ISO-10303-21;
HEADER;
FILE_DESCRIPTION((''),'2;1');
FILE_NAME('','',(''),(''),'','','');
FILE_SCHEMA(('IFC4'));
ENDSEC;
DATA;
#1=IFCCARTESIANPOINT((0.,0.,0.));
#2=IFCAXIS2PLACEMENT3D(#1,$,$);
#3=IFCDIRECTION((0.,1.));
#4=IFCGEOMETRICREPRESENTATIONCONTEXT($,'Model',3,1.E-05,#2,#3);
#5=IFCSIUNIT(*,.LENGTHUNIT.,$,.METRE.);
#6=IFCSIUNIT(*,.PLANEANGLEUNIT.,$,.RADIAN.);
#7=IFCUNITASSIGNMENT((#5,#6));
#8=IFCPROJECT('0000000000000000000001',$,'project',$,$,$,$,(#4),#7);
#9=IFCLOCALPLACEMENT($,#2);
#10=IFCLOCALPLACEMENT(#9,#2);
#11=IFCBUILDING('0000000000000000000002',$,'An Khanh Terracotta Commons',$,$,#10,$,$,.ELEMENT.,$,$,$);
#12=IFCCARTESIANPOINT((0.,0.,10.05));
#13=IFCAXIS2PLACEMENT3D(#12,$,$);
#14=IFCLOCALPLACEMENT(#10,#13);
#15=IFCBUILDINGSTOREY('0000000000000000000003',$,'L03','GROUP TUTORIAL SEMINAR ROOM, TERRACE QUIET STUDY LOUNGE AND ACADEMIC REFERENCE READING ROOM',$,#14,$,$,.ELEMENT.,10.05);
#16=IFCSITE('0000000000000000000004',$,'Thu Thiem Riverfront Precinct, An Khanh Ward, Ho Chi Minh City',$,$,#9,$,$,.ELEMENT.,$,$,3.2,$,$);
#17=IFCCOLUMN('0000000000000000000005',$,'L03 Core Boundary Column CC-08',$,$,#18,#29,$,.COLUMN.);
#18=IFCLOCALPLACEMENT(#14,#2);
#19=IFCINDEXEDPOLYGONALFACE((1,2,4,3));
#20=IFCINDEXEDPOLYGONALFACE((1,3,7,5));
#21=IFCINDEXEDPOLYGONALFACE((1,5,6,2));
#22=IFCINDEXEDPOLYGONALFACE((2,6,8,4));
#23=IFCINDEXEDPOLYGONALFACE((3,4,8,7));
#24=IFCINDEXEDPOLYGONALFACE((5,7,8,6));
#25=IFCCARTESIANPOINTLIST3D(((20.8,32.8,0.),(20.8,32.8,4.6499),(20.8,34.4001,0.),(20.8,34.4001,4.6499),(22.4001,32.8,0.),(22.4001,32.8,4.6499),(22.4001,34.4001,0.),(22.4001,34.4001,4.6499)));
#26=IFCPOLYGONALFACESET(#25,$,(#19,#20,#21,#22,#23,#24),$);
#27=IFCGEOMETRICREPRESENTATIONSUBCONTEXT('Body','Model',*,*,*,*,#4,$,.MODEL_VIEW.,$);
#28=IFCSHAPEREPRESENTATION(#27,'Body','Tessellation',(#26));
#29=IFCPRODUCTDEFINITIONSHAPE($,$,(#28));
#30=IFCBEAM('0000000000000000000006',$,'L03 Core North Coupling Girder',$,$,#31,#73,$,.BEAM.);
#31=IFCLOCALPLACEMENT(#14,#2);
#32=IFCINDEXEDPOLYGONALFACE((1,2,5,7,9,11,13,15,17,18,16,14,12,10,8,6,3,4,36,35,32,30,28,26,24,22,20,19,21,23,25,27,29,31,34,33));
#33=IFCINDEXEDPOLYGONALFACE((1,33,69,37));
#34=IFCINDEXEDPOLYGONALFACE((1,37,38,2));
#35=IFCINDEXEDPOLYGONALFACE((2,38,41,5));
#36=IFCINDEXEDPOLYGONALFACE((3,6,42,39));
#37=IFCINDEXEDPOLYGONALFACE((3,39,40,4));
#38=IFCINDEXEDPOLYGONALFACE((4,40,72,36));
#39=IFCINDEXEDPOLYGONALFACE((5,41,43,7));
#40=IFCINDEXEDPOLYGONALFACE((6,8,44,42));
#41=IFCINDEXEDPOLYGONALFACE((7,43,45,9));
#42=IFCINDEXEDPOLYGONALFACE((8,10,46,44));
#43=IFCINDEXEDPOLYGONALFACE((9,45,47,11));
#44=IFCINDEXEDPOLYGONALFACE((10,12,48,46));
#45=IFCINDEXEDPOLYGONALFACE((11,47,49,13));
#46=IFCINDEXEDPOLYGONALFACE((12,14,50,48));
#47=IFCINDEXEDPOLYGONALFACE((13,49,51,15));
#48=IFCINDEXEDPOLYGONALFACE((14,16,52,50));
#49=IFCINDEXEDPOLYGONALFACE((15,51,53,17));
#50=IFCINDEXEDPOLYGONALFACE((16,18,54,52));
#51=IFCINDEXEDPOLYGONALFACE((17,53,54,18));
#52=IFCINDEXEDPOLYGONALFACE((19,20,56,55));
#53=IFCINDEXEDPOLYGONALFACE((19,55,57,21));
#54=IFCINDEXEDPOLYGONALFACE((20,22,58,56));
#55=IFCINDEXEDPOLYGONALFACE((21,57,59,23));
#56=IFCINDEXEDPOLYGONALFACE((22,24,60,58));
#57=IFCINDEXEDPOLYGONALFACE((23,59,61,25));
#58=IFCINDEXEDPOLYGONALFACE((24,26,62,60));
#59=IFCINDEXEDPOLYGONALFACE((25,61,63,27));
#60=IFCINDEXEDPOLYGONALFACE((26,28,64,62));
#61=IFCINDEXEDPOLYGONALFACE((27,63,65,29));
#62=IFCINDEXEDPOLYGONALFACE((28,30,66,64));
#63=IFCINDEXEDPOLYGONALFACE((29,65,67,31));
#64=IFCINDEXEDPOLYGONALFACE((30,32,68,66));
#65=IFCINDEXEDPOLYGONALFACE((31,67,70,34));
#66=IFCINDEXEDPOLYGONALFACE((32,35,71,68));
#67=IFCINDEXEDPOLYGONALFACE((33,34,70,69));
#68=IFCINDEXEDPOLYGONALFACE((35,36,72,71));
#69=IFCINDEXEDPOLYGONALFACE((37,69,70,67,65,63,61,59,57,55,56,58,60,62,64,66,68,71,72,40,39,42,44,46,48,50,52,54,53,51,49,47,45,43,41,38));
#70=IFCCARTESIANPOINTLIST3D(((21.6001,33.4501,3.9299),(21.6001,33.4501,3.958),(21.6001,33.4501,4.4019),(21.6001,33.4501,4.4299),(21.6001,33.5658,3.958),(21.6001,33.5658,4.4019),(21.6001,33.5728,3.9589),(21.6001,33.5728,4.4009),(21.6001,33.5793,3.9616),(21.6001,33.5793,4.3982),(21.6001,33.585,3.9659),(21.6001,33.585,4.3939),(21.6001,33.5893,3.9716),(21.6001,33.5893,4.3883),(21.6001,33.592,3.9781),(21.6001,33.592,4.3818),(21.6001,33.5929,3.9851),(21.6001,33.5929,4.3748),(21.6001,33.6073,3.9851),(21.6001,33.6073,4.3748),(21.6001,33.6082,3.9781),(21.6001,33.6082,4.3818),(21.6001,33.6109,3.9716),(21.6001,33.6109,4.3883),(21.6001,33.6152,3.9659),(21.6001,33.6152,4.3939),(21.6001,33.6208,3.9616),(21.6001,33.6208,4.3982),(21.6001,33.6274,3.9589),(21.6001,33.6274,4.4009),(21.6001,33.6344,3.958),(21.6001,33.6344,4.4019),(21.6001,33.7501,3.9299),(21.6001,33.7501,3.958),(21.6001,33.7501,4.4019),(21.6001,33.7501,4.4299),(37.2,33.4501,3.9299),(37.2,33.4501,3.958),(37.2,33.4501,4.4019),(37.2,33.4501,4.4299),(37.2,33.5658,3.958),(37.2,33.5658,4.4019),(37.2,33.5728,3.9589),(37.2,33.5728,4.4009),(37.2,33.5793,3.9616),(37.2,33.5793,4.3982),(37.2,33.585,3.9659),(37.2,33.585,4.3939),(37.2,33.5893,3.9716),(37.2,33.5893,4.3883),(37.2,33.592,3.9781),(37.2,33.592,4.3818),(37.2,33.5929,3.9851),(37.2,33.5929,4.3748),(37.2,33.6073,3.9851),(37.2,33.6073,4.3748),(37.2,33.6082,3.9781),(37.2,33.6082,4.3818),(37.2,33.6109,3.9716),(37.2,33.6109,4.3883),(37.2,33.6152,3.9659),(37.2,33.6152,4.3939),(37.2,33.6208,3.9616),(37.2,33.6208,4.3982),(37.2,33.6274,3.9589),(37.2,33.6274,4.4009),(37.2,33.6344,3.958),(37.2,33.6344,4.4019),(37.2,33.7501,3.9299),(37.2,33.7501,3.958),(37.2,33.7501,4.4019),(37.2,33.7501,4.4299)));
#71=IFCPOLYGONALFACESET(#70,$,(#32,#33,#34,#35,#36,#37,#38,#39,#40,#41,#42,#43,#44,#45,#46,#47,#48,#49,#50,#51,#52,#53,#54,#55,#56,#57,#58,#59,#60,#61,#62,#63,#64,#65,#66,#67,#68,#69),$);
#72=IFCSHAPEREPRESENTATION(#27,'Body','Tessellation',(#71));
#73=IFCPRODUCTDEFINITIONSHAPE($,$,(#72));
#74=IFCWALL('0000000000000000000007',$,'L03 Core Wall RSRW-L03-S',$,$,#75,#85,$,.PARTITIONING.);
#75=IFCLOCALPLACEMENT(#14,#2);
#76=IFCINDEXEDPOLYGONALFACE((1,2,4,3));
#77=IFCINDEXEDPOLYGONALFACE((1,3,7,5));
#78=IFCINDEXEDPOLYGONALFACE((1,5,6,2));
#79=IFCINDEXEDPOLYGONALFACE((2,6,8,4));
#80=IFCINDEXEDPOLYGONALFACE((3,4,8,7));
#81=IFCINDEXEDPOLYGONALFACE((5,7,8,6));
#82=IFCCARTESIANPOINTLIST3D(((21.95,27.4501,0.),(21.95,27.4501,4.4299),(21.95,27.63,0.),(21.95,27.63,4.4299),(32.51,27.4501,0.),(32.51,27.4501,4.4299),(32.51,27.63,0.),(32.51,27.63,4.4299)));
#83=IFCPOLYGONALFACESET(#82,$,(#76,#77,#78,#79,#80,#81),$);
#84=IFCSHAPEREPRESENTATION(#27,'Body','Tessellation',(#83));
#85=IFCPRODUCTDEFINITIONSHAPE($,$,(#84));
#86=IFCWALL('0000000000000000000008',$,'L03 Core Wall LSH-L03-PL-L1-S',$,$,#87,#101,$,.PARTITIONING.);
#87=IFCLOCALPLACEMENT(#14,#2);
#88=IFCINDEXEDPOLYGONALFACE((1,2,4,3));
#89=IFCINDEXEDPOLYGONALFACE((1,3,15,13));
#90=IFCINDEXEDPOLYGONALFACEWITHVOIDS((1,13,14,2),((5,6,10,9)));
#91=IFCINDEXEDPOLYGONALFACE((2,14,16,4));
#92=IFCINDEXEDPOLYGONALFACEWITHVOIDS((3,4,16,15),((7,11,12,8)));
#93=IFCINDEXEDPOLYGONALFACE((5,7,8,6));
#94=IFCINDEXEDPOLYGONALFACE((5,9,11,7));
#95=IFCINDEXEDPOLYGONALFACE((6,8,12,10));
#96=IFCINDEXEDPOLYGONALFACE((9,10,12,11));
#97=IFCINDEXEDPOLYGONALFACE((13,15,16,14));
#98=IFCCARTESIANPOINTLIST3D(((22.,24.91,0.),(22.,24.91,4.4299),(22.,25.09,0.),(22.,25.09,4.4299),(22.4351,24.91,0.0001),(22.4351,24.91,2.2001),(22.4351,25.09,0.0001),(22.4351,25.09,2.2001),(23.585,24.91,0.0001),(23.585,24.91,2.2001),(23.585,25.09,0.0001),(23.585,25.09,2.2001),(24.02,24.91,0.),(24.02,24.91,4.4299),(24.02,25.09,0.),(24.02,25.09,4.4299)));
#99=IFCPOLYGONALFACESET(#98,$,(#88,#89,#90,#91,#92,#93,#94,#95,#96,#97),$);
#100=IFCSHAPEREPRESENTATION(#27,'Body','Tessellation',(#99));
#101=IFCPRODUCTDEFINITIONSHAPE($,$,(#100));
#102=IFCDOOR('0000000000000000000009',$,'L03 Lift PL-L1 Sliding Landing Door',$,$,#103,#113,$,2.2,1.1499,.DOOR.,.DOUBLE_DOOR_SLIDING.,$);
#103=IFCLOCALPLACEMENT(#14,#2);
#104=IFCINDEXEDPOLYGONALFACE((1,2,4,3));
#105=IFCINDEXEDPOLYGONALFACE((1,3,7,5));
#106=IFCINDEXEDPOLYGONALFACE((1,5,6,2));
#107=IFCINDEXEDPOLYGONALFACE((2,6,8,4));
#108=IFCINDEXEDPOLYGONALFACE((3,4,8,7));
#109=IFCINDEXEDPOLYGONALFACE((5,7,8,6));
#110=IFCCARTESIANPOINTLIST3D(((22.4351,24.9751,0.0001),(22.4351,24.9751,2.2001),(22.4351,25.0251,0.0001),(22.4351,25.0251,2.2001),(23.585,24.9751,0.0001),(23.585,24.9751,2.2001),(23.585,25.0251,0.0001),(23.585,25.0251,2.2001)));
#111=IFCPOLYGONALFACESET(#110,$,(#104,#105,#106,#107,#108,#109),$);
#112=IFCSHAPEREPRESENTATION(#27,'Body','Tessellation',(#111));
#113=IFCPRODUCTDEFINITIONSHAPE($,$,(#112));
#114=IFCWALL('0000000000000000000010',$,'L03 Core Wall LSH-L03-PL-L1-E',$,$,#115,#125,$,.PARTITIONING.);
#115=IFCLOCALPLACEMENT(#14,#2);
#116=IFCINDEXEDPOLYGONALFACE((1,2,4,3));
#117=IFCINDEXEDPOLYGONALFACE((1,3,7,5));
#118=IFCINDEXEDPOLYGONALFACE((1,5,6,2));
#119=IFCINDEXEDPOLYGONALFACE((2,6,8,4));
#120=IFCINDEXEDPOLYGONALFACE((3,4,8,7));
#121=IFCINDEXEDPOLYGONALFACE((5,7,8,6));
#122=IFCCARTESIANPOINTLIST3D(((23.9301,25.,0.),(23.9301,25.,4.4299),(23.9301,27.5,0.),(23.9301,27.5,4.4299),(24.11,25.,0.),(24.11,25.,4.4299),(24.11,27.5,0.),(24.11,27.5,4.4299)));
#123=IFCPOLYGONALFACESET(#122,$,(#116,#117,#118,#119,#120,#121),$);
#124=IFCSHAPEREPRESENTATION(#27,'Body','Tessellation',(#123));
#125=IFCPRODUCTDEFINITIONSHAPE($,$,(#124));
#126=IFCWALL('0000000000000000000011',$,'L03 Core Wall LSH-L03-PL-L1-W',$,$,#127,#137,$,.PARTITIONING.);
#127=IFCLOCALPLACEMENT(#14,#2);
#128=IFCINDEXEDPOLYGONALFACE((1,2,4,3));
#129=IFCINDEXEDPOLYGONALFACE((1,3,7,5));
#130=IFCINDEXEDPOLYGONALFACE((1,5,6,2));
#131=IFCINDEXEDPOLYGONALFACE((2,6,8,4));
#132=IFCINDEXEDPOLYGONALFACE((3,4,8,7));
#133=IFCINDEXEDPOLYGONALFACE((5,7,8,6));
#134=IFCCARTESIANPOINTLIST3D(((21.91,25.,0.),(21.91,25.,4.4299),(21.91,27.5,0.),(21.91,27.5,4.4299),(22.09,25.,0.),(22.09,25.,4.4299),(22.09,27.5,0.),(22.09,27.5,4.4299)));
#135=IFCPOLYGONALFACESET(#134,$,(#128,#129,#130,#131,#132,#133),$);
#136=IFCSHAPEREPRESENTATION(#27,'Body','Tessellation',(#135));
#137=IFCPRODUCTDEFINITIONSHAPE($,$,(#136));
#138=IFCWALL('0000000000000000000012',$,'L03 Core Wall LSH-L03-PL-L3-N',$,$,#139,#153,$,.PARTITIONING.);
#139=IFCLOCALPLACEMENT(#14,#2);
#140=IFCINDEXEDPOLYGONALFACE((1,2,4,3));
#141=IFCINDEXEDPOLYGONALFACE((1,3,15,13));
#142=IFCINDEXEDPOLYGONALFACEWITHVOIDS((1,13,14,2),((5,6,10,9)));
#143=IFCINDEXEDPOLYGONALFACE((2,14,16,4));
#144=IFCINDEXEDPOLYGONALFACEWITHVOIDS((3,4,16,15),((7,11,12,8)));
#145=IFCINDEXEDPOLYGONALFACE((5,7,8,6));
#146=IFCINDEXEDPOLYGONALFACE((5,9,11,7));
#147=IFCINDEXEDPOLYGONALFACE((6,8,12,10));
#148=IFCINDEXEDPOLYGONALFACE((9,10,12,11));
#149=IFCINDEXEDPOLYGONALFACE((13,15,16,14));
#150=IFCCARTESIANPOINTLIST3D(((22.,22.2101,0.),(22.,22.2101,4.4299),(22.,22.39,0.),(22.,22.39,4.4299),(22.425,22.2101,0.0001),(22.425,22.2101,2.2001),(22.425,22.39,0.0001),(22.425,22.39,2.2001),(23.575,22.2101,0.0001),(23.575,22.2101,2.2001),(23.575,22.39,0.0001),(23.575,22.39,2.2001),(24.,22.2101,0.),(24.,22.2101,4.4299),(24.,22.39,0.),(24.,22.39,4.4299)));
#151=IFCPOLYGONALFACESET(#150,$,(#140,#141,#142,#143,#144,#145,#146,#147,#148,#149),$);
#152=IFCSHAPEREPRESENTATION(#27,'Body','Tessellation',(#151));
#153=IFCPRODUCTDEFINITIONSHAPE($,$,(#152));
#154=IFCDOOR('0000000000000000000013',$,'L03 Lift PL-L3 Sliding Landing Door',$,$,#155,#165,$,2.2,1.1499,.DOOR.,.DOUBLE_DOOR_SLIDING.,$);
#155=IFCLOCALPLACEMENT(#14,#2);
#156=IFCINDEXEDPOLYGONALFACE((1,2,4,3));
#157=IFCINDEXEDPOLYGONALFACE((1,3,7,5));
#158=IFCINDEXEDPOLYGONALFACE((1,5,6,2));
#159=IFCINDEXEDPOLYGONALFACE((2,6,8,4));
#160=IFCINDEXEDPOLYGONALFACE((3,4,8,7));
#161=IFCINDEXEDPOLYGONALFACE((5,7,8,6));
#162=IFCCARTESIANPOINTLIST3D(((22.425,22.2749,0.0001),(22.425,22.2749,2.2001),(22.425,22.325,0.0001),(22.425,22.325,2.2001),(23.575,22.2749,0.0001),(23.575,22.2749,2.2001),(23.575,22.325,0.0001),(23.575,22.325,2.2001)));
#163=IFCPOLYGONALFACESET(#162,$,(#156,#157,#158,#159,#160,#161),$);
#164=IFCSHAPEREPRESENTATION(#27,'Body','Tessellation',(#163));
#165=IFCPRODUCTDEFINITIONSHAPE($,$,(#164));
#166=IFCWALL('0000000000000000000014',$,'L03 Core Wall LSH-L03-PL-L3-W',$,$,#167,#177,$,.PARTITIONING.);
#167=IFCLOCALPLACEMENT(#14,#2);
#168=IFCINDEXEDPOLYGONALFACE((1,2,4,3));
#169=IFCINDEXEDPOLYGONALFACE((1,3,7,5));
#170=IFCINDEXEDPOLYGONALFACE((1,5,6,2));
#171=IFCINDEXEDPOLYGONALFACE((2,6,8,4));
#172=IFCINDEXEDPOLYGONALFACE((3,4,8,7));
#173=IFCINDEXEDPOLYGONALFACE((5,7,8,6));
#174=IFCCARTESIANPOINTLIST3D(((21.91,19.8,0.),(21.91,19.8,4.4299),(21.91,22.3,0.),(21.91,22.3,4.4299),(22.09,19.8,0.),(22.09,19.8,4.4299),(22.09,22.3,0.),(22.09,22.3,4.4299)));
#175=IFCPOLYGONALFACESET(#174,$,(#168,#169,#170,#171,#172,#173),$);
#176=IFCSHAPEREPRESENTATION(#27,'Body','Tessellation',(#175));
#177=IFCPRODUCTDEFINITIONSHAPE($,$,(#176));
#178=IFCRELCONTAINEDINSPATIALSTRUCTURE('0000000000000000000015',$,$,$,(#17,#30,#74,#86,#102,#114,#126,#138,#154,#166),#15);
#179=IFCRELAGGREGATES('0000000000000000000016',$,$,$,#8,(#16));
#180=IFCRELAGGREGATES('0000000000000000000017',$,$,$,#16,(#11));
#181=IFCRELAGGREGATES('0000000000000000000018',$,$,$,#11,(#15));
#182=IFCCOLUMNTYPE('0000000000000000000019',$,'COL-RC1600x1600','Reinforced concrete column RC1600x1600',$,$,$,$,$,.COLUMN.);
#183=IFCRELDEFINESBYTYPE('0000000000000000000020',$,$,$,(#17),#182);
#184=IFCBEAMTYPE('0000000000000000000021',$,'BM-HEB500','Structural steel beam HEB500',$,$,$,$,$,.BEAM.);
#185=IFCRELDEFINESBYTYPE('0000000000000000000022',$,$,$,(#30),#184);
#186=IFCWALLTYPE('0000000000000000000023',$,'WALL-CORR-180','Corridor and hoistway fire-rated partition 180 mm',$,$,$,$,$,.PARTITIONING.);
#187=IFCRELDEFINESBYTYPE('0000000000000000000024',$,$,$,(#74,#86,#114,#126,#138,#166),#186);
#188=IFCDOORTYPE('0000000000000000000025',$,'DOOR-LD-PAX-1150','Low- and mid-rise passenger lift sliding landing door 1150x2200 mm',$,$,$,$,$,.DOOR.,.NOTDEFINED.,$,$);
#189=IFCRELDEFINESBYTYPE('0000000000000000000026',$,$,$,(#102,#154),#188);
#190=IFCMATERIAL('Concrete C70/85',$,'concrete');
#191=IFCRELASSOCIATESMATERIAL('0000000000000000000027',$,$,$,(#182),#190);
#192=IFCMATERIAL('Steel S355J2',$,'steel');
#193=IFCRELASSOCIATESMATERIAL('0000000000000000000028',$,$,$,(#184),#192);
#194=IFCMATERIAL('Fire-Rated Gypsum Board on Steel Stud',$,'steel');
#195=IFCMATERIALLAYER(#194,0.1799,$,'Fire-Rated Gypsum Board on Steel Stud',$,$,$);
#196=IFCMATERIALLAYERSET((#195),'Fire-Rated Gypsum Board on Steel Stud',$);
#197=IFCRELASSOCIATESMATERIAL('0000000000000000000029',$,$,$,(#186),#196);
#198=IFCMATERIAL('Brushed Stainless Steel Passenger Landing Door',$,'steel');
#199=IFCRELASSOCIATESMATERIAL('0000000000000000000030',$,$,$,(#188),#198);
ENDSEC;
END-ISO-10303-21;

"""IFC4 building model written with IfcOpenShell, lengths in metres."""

from ifc_helpers import new_model, si_unit, direction, frame, frame_2d, origin, origin_2d, place, context, subcontext, project, spatial, rectangle, i_section, extrude, material, layer, layer_set, material_profile, profile_set, type_object, element, fill, save


model = new_model("IFC4")

# Units and contexts
model_context = context("Model", 3, precision=1e-05, world=origin(), true_north=direction((0.0, 1.0)))
body_context = subcontext(model_context, "Body", "Model", "MODEL_VIEW")
ifc_project = project(units=[si_unit("LENGTHUNIT", "METRE"), si_unit("PLANEANGLEUNIT", "RADIAN")], contexts=[model_context])

# Site, building, storey
site_placement = place(None, origin())
site = spatial("IfcSite", under=ifc_project, at=site_placement, Name="Thu Thiem Riverfront Precinct, An Khanh Ward, Ho Chi Minh City", CompositionType="ELEMENT", RefElevation=3.2)
building_placement = place(site_placement, origin())
building = spatial("IfcBuilding", under=site, at=building_placement, Name="An Khanh Terracotta Commons", CompositionType="ELEMENT")
storey_placement = place(building_placement, frame((0.0, 0.0, 10.05)))
storey = spatial("IfcBuildingStorey", under=building, at=storey_placement, Name="L03", Description="GROUP TUTORIAL SEMINAR ROOM, TERRACE QUIET STUDY LOUNGE AND ACADEMIC REFERENCE READING ROOM", CompositionType="ELEMENT", Elevation=10.05)

# Column
ifc_material_1 = material(Name="Concrete C70/85", Category="concrete")
ifc_material_profile_1 = material_profile(ifc_material_1, rectangle(XDim=1.6001, YDim=1.6001, at=origin_2d()), Name="RC1600x1600")
ifc_profile_set_1 = profile_set([ifc_material_profile_1], Name="Concrete C70/85")
column_type = type_object("IfcColumnType", Name="COL-RC1600x1600", Description="Reinforced concrete column RC1600x1600", PredefinedType="COLUMN", material=ifc_profile_set_1)
column_placement = place(storey_placement, frame((21.6001, 33.6001, 0.0), z_axis=(0.0, 0.0, 1.0), x_axis=(1.0, 0.0, 0.0)))
element("IfcColumn", 1, at=column_placement, inside=storey, type_object=column_type, Name="L03 Core Boundary Column CC-08", PredefinedType="COLUMN", context=body_context, shape_type="SweptSolid", body=[
    extrude(rectangle(XDim=1.6001, YDim=1.6001, at=origin_2d()), origin(), (0.0, 0.0, 1.0), 4.6499),
])

# Beam
ifc_material_2 = material(Name="Steel S355J2", Category="steel")
ifc_material_profile_2 = material_profile(ifc_material_2, i_section(OverallWidth=0.3, OverallDepth=0.5, WebThickness=0.0144, FlangeThickness=0.0281, FilletRadius=0.0271, at=origin_2d()), Name="HEB500")
ifc_profile_set_2 = profile_set([ifc_material_profile_2], Name="Steel S355J2")
beam_type = type_object("IfcBeamType", Name="BM-HEB500", Description="Structural steel beam HEB500", PredefinedType="BEAM", material=ifc_profile_set_2)
beam_placement = place(storey_placement, frame((21.6001, 33.6001, 4.1799), z_axis=(1.0, 0.0, 0.0), x_axis=(0.0, 1.0, 0.0)))
element("IfcBeam", 2, at=beam_placement, inside=storey, type_object=beam_type, Name="L03 Core North Coupling Girder", PredefinedType="BEAM", context=body_context, shape_type="SweptSolid", body=[
    extrude(i_section(OverallWidth=0.3, OverallDepth=0.5, WebThickness=0.0144, FlangeThickness=0.0281, FilletRadius=0.0271, at=origin_2d()), origin(), (0.0, 0.0, 1.0), 15.5999),
])

# Wall
ifc_material_3 = material(Name="Fire-Rated Gypsum Board on Steel Stud", Category="steel")
ifc_layer_1 = layer(ifc_material_3, 0.1799, Name="Fire-Rated Gypsum Board on Steel Stud")
ifc_layer_set_1 = layer_set([ifc_layer_1], Name="Fire-Rated Gypsum Board on Steel Stud")
wall_type_1 = type_object("IfcWallType", Name="WALL-CORR-180", Description="Corridor and hoistway fire-rated partition 180 mm", PredefinedType="PARTITIONING", material=ifc_layer_set_1)
wall_1_placement = place(storey_placement, frame((21.95, 27.54, 0.0), z_axis=(0.0, 0.0, 1.0), x_axis=(1.0, 0.0, 0.0)))
element("IfcWall", 3, at=wall_1_placement, inside=storey, type_object=wall_type_1, Name="L03 Core Wall RSRW-L03-S", PredefinedType="PARTITIONING", context=body_context, shape_type="SweptSolid", body=[
    extrude(rectangle(XDim=10.5601, YDim=0.1799, at=frame_2d((5.28, 0.0))), origin(), (0.0, 0.0, 1.0), 4.4299),
])

# Wall, opening, door
wall_2_placement = place(storey_placement, frame((24.02, 25.0, 0.0), z_axis=(0.0, 0.0, 1.0), x_axis=(-1.0, 0.0, 0.0)))
wall_2 = element("IfcWall", 4, at=wall_2_placement, inside=storey, type_object=wall_type_1, Name="L03 Core Wall LSH-L03-PL-L1-S", PredefinedType="PARTITIONING", context=body_context, shape_type="SweptSolid", body=[
    extrude(rectangle(XDim=2.02, YDim=0.1799, at=frame_2d((1.01, 0.0))), origin(), (0.0, 0.0, 1.0), 4.4299),
])
opening_1_placement = place(wall_2_placement, frame((0.4351, 0.0, 0.0)))
opening_1 = element("IfcOpeningElement", 5, at=opening_1_placement, cuts=wall_2, PredefinedType="OPENING", context=body_context, shape_type="SweptSolid", body=[
    extrude(rectangle(XDim=1.1499, YDim=2.2, at=frame_2d((0.575, 1.1001))), frame((0.0, 0.0999, 0.0), z_axis=(0.0, -1.0, 0.0), x_axis=(1.0, 0.0, 0.0)), (0.0, 0.0, 1.0), 0.2),
])
ifc_material_4 = material(Name="Brushed Stainless Steel Passenger Landing Door", Category="steel")
door_type = type_object("IfcDoorType", Name="DOOR-LD-PAX-1150", Description="Low- and mid-rise passenger lift sliding landing door 1150x2200 mm", OperationType="NOTDEFINED", PredefinedType="DOOR", material=ifc_material_4)
door_1_placement = place(opening_1_placement, origin())
door_1 = element("IfcDoor", 6, at=door_1_placement, inside=storey, type_object=door_type, Name="L03 Lift PL-L1 Sliding Landing Door", OperationType="DOUBLE_DOOR_SLIDING", OverallHeight=2.2, OverallWidth=1.1499, PredefinedType="DOOR", context=body_context, shape_type="SweptSolid", body=[
    extrude(rectangle(XDim=1.1499, YDim=2.2, at=frame_2d((0.575, 1.1001))), frame((0.0, 0.0249, 0.0), z_axis=(0.0, -1.0, 0.0), x_axis=(1.0, 0.0, 0.0)), (0.0, 0.0, 1.0), 0.05),
])
fill(opening_1, door_1)

# Walls
for number, where, z_axis, x_axis, name in (
    (7, (24.02, 25.0, 0.0), (0.0, 0.0, 1.0), (0.0, 1.0, 0.0), "L03 Core Wall LSH-L03-PL-L1-E"),
    (8, (22.0, 27.5, 0.0), (0.0, 0.0, 1.0), (0.0, -1.0, 0.0), "L03 Core Wall LSH-L03-PL-L1-W"),
):
    element("IfcWall", number, at=place(storey_placement, frame(where, z_axis=z_axis, x_axis=x_axis)), inside=storey, type_object=wall_type_1, Name=name, PredefinedType="PARTITIONING", context=body_context, shape_type="SweptSolid", body=[
        extrude(rectangle(XDim=2.5, YDim=0.1799, at=frame_2d((1.25, 0.0))), origin(), (0.0, 0.0, 1.0), 4.4299),
    ])

# Wall, opening, door
wall_3_placement = place(storey_placement, frame((22.0, 22.3, 0.0), z_axis=(0.0, 0.0, 1.0), x_axis=(1.0, 0.0, 0.0)))
wall_3 = element("IfcWall", 9, at=wall_3_placement, inside=storey, type_object=wall_type_1, Name="L03 Core Wall LSH-L03-PL-L3-N", PredefinedType="PARTITIONING", context=body_context, shape_type="SweptSolid", body=[
    extrude(rectangle(XDim=2.0, YDim=0.1799, at=frame_2d((1.0, 0.0))), origin(), (0.0, 0.0, 1.0), 4.4299),
])
opening_2_placement = place(wall_3_placement, frame((0.425, 0.0, 0.0)))
opening_2 = element("IfcOpeningElement", 10, at=opening_2_placement, cuts=wall_3, PredefinedType="OPENING", context=body_context, shape_type="SweptSolid", body=[
    extrude(rectangle(XDim=1.1499, YDim=2.2, at=frame_2d((0.575, 1.1001))), frame((0.0, 0.0999, 0.0), z_axis=(0.0, -1.0, 0.0), x_axis=(1.0, 0.0, 0.0)), (0.0, 0.0, 1.0), 0.2),
])
door_2_placement = place(opening_2_placement, origin())
door_2 = element("IfcDoor", 11, at=door_2_placement, inside=storey, type_object=door_type, Name="L03 Lift PL-L3 Sliding Landing Door", OperationType="DOUBLE_DOOR_SLIDING", OverallHeight=2.2, OverallWidth=1.1499, PredefinedType="DOOR", context=body_context, shape_type="SweptSolid", body=[
    extrude(rectangle(XDim=1.1499, YDim=2.2, at=frame_2d((0.575, 1.1001))), frame((0.0, 0.0249, 0.0), z_axis=(0.0, -1.0, 0.0), x_axis=(1.0, 0.0, 0.0)), (0.0, 0.0, 1.0), 0.05),
])
fill(opening_2, door_2)

# Wall
wall_4_placement = place(storey_placement, frame((22.0, 22.3, 0.0), z_axis=(0.0, 0.0, 1.0), x_axis=(0.0, -1.0, 0.0)))
element("IfcWall", 12, at=wall_4_placement, inside=storey, type_object=wall_type_1, Name="L03 Core Wall LSH-L03-PL-L3-W", PredefinedType="PARTITIONING", context=body_context, shape_type="SweptSolid", body=[
    extrude(rectangle(XDim=2.5, YDim=0.1799, at=frame_2d((1.25, 0.0))), origin(), (0.0, 0.0, 1.0), 4.4299),
])

save(model, "model.ifc")
